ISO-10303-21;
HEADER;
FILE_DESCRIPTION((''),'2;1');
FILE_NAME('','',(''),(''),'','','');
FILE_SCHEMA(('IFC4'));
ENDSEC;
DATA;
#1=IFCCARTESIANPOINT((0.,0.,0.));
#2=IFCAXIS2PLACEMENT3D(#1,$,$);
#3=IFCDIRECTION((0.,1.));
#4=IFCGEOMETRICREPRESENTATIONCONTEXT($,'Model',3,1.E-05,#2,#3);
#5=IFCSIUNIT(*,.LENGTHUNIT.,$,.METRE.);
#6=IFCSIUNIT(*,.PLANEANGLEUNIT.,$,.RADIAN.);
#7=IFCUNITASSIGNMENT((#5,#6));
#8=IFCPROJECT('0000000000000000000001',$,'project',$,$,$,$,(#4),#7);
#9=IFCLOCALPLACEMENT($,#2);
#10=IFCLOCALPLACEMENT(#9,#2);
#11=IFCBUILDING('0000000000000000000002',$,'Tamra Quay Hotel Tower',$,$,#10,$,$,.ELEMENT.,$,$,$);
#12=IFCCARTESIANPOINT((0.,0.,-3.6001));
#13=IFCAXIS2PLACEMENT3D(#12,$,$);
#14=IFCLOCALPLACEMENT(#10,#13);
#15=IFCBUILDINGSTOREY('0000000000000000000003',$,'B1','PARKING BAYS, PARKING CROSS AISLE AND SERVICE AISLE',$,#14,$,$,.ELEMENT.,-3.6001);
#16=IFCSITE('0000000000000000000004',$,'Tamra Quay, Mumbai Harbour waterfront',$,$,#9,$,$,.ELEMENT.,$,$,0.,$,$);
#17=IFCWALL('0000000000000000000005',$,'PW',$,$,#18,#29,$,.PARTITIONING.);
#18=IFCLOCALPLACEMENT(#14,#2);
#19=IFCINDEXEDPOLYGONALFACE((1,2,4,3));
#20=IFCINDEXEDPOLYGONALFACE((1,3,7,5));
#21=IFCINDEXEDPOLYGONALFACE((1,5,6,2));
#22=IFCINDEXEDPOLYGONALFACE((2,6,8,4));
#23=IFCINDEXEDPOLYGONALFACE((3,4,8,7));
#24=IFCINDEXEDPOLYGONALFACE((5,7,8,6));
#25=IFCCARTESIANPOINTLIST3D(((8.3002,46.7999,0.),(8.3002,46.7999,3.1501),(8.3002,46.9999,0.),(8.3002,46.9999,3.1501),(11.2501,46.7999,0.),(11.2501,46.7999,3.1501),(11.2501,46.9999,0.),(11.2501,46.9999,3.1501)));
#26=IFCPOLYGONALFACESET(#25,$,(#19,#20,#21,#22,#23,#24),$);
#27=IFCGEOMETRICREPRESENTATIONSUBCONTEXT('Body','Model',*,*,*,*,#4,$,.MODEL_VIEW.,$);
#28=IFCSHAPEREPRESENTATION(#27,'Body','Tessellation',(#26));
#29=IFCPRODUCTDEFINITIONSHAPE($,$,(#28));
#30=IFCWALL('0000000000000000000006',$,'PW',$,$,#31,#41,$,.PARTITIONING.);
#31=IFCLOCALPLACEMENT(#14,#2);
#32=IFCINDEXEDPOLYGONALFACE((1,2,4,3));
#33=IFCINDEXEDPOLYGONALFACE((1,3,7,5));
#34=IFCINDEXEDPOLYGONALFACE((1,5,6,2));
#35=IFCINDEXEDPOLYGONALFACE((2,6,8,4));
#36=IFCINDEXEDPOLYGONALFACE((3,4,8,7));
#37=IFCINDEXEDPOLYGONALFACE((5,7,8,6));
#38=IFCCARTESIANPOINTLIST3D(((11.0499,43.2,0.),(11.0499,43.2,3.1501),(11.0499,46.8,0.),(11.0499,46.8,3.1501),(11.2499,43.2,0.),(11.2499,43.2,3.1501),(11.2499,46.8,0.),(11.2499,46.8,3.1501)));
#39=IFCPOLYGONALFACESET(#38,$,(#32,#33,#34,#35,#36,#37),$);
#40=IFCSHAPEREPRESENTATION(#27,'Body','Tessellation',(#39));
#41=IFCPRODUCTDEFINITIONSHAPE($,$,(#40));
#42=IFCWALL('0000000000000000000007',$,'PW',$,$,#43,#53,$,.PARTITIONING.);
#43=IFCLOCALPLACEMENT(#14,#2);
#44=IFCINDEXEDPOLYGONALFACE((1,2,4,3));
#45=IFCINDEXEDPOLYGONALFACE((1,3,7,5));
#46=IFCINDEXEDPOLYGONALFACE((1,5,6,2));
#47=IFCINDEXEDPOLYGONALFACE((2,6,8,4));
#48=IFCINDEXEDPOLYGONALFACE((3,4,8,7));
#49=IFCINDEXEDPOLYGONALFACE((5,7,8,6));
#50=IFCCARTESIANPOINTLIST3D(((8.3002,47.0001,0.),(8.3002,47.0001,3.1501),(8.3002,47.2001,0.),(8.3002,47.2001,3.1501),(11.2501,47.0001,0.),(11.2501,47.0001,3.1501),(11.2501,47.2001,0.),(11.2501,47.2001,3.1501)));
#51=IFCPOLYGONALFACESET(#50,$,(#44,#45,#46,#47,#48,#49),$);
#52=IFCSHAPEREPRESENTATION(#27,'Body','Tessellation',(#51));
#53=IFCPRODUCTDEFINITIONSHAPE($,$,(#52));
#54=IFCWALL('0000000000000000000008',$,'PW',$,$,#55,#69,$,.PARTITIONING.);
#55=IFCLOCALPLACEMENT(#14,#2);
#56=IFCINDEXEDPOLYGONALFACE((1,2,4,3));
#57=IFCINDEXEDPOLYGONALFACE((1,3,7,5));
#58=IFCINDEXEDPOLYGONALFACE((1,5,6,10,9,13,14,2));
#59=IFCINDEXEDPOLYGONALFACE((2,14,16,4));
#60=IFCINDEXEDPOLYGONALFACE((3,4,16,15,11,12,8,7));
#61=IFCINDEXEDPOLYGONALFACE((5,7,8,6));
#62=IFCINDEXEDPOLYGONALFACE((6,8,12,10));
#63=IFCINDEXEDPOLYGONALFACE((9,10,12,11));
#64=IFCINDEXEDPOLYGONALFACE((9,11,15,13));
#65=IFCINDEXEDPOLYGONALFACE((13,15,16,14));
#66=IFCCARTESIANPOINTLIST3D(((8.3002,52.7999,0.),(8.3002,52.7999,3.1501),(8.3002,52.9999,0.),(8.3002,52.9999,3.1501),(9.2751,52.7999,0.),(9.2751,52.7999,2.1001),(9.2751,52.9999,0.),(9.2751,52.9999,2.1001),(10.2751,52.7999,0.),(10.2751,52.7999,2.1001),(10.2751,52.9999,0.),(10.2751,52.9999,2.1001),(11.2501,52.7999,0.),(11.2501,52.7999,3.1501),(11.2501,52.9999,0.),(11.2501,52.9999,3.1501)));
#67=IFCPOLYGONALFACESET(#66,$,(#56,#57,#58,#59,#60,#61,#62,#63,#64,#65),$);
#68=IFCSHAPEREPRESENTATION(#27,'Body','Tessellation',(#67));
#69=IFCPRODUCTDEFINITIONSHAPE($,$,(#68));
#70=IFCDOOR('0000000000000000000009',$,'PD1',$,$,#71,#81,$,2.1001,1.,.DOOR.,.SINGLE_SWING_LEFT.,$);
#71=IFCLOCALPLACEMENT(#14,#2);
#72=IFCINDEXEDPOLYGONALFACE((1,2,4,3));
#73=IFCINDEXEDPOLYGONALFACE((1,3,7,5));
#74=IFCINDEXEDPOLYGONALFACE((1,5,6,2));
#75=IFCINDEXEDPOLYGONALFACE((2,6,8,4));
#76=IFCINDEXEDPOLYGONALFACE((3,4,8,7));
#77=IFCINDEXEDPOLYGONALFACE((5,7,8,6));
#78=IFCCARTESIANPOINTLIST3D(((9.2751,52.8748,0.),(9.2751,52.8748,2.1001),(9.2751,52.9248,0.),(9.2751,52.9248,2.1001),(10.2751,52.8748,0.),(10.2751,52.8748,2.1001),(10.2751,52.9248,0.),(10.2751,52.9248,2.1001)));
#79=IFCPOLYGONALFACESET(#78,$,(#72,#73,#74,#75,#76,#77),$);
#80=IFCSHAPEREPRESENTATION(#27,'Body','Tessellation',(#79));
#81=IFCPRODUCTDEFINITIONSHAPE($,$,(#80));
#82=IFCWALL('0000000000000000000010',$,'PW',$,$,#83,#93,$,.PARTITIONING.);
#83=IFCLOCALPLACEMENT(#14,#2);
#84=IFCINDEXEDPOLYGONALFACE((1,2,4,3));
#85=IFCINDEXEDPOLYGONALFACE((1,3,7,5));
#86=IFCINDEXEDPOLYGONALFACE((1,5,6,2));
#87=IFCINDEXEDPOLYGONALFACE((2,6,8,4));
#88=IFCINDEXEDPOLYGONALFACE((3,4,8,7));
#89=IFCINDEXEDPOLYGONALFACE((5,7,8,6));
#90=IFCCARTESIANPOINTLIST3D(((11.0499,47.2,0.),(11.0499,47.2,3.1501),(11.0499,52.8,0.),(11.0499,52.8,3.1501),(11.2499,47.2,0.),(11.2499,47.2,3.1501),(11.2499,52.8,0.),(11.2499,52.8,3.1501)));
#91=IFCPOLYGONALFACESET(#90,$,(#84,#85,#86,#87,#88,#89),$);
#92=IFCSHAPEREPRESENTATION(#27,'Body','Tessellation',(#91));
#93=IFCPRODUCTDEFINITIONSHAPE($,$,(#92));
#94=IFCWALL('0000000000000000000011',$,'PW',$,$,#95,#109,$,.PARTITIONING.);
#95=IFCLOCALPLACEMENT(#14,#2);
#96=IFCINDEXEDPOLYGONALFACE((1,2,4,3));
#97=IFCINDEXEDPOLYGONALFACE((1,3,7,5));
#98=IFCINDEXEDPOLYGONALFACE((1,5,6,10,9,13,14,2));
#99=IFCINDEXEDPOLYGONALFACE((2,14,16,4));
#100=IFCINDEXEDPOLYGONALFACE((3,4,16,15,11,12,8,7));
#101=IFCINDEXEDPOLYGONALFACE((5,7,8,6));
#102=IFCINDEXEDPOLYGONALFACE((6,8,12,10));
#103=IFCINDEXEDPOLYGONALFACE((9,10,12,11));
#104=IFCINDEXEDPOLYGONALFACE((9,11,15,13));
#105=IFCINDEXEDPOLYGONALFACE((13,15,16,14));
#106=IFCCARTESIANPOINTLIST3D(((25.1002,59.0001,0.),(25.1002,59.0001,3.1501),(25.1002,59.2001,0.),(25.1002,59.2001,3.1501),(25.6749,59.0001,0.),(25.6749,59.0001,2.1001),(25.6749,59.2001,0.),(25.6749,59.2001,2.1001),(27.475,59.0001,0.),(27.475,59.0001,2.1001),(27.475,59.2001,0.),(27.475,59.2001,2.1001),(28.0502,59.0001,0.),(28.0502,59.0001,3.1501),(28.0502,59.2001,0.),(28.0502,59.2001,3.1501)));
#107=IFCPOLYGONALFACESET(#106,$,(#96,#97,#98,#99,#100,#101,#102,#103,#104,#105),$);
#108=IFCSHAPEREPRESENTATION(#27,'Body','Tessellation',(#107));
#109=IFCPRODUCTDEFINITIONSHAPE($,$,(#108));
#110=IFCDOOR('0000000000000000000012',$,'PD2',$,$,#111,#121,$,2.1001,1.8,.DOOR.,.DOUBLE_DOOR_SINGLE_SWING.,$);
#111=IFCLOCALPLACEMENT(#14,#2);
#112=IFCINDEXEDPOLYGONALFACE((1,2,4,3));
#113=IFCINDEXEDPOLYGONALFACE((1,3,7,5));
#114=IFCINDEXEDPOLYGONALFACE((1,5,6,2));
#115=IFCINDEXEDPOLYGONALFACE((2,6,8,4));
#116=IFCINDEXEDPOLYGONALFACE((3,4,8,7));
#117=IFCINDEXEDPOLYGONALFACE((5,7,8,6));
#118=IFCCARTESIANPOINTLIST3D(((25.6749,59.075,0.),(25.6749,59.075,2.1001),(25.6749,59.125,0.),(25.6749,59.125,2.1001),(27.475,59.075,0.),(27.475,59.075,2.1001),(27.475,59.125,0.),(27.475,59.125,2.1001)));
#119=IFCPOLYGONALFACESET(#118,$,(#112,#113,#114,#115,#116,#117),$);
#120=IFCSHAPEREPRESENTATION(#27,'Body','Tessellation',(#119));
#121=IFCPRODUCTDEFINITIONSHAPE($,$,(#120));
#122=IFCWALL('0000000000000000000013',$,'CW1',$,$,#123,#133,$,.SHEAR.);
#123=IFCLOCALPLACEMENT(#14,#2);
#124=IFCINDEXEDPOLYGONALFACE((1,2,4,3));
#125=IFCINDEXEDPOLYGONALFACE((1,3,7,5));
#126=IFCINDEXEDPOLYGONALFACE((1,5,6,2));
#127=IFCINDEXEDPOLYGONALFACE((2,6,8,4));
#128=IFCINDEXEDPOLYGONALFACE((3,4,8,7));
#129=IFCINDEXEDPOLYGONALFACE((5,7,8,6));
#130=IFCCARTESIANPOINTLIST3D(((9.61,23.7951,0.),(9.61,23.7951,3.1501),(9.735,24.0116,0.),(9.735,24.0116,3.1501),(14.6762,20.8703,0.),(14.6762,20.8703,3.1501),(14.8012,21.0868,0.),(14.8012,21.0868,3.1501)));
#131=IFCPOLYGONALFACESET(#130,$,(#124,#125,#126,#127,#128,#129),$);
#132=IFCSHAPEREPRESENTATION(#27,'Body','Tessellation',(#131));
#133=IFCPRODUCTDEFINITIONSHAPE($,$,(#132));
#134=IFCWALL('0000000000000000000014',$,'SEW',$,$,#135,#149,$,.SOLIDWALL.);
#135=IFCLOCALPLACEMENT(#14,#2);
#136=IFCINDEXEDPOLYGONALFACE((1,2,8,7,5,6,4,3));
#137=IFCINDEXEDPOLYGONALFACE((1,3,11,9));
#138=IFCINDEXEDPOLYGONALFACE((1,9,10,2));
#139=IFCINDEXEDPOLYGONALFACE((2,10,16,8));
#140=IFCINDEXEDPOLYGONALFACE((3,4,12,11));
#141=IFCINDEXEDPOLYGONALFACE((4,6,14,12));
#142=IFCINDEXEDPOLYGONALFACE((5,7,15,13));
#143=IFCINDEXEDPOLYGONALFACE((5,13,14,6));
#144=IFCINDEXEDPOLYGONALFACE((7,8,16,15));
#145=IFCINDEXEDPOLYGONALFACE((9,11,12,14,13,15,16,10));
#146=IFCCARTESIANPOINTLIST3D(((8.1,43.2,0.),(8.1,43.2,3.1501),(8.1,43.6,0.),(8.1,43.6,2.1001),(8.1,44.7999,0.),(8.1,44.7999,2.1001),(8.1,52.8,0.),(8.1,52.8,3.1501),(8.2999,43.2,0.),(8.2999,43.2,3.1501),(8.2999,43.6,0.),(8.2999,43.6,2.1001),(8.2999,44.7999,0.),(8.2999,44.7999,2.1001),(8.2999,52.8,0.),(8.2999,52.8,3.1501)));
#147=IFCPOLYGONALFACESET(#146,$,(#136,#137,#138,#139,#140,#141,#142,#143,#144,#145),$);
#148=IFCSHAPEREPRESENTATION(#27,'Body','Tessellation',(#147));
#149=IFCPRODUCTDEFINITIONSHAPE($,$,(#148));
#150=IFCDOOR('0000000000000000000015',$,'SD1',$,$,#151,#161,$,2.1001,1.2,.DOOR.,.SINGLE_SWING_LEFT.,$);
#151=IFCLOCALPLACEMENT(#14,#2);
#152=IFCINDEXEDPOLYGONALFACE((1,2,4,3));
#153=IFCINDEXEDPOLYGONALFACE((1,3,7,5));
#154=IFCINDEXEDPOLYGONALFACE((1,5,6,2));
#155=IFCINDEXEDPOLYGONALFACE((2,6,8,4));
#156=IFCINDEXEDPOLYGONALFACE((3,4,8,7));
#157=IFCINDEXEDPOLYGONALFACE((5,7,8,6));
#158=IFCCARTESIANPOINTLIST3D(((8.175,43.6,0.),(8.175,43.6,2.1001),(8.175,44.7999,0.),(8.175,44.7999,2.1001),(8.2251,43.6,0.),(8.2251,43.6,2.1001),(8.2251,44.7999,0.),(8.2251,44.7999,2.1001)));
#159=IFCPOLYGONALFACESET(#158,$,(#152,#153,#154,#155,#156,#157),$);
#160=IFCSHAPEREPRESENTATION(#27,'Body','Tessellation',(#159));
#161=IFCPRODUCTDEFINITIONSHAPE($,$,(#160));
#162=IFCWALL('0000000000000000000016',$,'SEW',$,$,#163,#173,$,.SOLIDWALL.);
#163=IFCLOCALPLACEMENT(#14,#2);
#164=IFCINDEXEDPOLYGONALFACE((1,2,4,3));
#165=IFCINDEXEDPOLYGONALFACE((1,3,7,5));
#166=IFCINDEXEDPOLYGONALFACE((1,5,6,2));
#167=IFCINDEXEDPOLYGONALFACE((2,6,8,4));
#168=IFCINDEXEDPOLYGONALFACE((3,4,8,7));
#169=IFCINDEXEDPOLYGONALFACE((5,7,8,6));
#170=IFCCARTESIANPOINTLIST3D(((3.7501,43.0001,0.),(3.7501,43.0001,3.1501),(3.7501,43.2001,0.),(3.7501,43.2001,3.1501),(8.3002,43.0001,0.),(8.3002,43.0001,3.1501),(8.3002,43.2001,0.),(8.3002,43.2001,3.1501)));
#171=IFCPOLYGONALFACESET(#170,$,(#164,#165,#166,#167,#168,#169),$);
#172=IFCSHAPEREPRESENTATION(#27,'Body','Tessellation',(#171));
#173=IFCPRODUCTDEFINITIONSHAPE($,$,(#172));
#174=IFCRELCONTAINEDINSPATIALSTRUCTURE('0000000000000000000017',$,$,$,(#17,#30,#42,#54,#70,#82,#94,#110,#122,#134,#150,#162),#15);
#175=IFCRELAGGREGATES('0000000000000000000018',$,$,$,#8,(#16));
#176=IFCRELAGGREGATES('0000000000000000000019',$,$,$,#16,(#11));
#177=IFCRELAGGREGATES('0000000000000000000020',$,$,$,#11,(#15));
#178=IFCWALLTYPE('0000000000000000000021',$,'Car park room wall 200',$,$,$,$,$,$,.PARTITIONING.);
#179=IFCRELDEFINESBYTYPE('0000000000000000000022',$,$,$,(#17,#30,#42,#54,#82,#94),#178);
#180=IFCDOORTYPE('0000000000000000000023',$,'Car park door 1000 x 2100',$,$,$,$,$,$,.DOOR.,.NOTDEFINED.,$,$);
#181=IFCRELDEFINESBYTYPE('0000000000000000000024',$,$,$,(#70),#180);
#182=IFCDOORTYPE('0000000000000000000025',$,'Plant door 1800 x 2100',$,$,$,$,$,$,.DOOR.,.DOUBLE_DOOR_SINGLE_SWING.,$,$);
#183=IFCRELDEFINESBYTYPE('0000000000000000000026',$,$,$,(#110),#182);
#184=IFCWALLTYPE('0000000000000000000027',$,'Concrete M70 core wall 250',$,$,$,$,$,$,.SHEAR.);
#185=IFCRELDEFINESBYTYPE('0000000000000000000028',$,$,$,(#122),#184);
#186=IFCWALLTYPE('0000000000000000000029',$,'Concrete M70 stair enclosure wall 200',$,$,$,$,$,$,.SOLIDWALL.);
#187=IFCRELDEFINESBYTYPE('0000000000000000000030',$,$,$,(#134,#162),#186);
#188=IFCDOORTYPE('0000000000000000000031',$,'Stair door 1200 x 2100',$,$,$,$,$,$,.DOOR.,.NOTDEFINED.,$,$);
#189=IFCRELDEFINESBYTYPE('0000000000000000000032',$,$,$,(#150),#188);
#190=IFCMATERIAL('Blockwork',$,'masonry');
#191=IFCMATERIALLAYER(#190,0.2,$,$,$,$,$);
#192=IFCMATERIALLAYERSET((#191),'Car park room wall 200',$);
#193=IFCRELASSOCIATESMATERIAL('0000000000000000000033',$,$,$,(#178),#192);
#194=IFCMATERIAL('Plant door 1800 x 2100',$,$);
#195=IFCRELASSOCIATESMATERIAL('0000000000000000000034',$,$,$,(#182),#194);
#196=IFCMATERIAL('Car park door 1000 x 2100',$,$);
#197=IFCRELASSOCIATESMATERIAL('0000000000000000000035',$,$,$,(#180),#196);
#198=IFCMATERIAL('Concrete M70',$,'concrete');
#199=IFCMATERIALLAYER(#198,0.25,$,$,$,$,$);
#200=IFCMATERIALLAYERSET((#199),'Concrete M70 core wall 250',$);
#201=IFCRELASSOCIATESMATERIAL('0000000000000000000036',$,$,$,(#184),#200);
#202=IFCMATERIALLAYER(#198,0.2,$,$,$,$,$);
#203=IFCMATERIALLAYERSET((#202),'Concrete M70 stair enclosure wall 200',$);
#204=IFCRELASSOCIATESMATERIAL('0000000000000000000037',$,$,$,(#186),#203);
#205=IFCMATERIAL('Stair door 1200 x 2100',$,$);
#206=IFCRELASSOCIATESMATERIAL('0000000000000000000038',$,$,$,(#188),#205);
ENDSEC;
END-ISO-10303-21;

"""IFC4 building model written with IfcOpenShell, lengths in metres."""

from ifc_helpers import new_model, si_unit, direction, frame, frame_2d, origin, place, context, subcontext, project, spatial, rectangle, extrude, material, layer, layer_set, type_object, element, fill, save


model = new_model("IFC4")

# Units and contexts
model_context = context("Model", 3, precision=1e-05, world=origin(), true_north=direction((0.0, 1.0)))
body_context = subcontext(model_context, "Body", "Model", "MODEL_VIEW")
ifc_project = project(units=[si_unit("LENGTHUNIT", "METRE"), si_unit("PLANEANGLEUNIT", "RADIAN")], contexts=[model_context])

# Site, building, storey
site_placement = place(None, origin())
site = spatial("IfcSite", under=ifc_project, at=site_placement, Name="Tamra Quay, Mumbai Harbour waterfront", CompositionType="ELEMENT", RefElevation=0.0)
building_placement = place(site_placement, origin())
building = spatial("IfcBuilding", under=site, at=building_placement, Name="Tamra Quay Hotel Tower", CompositionType="ELEMENT")
storey_placement = place(building_placement, frame((0.0, 0.0, -3.6001)))
storey = spatial("IfcBuildingStorey", under=building, at=storey_placement, Name="B1", Description="PARKING BAYS, PARKING CROSS AISLE AND SERVICE AISLE", CompositionType="ELEMENT", Elevation=-3.6001)

# Shared definitions
ifc_material_1 = material(Name="Concrete M70", Category="concrete")

# Shared definitions
ifc_material_2 = material(Name="Blockwork", Category="masonry")
ifc_layer_1 = layer(ifc_material_2, 0.2)
ifc_layer_set_1 = layer_set([ifc_layer_1], Name="Car park room wall 200")
wall_type_1 = type_object("IfcWallType", Name="Car park room wall 200", PredefinedType="PARTITIONING", material=ifc_layer_set_1)

# Shared definitions
ifc_material_3 = material(Name="Plant door 1800 x 2100")
door_type_1 = type_object("IfcDoorType", Name="Plant door 1800 x 2100", OperationType="DOUBLE_DOOR_SINGLE_SWING", PredefinedType="DOOR", material=ifc_material_3)

# Walls
wall_1_placement = place(storey_placement, frame((8.3, 46.8999, 0.0), z_axis=(0.0, 0.0, 1.0), x_axis=(1.0, 0.0, 0.0)))
element("IfcWall", 1, at=wall_1_placement, inside=storey, type_object=wall_type_1, Name="PW", PredefinedType="PARTITIONING", context=body_context, shape_type="SweptSolid", body=[
    extrude(rectangle(XDim=2.95, YDim=0.2, at=frame_2d((1.4751, 0.0))), origin(), (0.0, 0.0, 1.0), 3.1501),
])
wall_2_placement = place(storey_placement, frame((11.1499, 43.2, 0.0), z_axis=(0.0, 0.0, 1.0), x_axis=(0.0, 1.0, 0.0)))
element("IfcWall", 2, at=wall_2_placement, inside=storey, type_object=wall_type_1, Name="PW", PredefinedType="PARTITIONING", context=body_context, shape_type="SweptSolid", body=[
    extrude(rectangle(XDim=3.6001, YDim=0.2, at=frame_2d((1.8, 0.0))), origin(), (0.0, 0.0, 1.0), 3.1501),
])
wall_3_placement = place(storey_placement, frame((8.3, 47.1001, 0.0), z_axis=(0.0, 0.0, 1.0), x_axis=(1.0, 0.0, 0.0)))
element("IfcWall", 3, at=wall_3_placement, inside=storey, type_object=wall_type_1, Name="PW", PredefinedType="PARTITIONING", context=body_context, shape_type="SweptSolid", body=[
    extrude(rectangle(XDim=2.95, YDim=0.2, at=frame_2d((1.4751, 0.0))), origin(), (0.0, 0.0, 1.0), 3.1501),
])

# Wall, opening, door
wall_4_placement = place(storey_placement, frame((8.3, 52.8999, 0.0), z_axis=(0.0, 0.0, 1.0), x_axis=(1.0, 0.0, 0.0)))
wall_4 = element("IfcWall", 4, at=wall_4_placement, inside=storey, type_object=wall_type_1, Name="PW", PredefinedType="PARTITIONING", context=body_context, shape_type="SweptSolid", body=[
    extrude(rectangle(XDim=2.95, YDim=0.2, at=frame_2d((1.4751, 0.0))), origin(), (0.0, 0.0, 1.0), 3.1501),
])
opening_1_placement = place(wall_4_placement, frame((0.9751, 0.0, 0.0)))
opening_1 = element("IfcOpeningElement", 5, at=opening_1_placement, cuts=wall_4, PredefinedType="OPENING", context=body_context, shape_type="SweptSolid", body=[
    extrude(rectangle(XDim=1.0, YDim=2.1001, at=frame_2d((0.5, 1.05))), frame((0.0, 0.1099, 0.0), z_axis=(0.0, -1.0, 0.0), x_axis=(1.0, 0.0, 0.0)), (0.0, 0.0, 1.0), 0.22),
])
ifc_material_4 = material(Name="Car park door 1000 x 2100")
door_type_2 = type_object("IfcDoorType", Name="Car park door 1000 x 2100", OperationType="NOTDEFINED", PredefinedType="DOOR", material=ifc_material_4)
door_1_placement = place(opening_1_placement, origin())
door_1 = element("IfcDoor", 6, at=door_1_placement, inside=storey, type_object=door_type_2, Name="PD1", OperationType="SINGLE_SWING_LEFT", OverallHeight=2.1001, OverallWidth=1.0, PredefinedType="DOOR", context=body_context, shape_type="SweptSolid", body=[
    extrude(rectangle(XDim=1.0, YDim=2.1001, at=frame_2d((0.5, 1.05))), frame((0.0, 0.0249, 0.0), z_axis=(0.0, -1.0, 0.0), x_axis=(1.0, 0.0, 0.0)), (0.0, 0.0, 1.0), 0.05),
])
fill(opening_1, door_1)

# Wall
wall_5_placement = place(storey_placement, frame((11.1499, 47.2, 0.0), z_axis=(0.0, 0.0, 1.0), x_axis=(0.0, 1.0, 0.0)))
element("IfcWall", 7, at=wall_5_placement, inside=storey, type_object=wall_type_1, Name="PW", PredefinedType="PARTITIONING", context=body_context, shape_type="SweptSolid", body=[
    extrude(rectangle(XDim=5.6001, YDim=0.2, at=frame_2d((2.8, 0.0))), origin(), (0.0, 0.0, 1.0), 3.1501),
])

# Wall, opening, door
wall_6_placement = place(storey_placement, frame((25.1001, 59.1001, 0.0), z_axis=(0.0, 0.0, 1.0), x_axis=(1.0, 0.0, 0.0)))
wall_6 = element("IfcWall", 8, at=wall_6_placement, inside=storey, type_object=wall_type_1, Name="PW", PredefinedType="PARTITIONING", context=body_context, shape_type="SweptSolid", body=[
    extrude(rectangle(XDim=2.95, YDim=0.2, at=frame_2d((1.4751, 0.0))), origin(), (0.0, 0.0, 1.0), 3.1501),
])
opening_2_placement = place(wall_6_placement, frame((0.575, 0.0, 0.0)))
opening_2 = element("IfcOpeningElement", 9, at=opening_2_placement, cuts=wall_6, PredefinedType="OPENING", context=body_context, shape_type="SweptSolid", body=[
    extrude(rectangle(XDim=1.8, YDim=2.1001, at=frame_2d((0.8999, 1.05))), frame((0.0, 0.1099, 0.0), z_axis=(0.0, -1.0, 0.0), x_axis=(1.0, 0.0, 0.0)), (0.0, 0.0, 1.0), 0.22),
])
door_2_placement = place(opening_2_placement, origin())
door_2 = element("IfcDoor", 10, at=door_2_placement, inside=storey, type_object=door_type_1, Name="PD2", OperationType="DOUBLE_DOOR_SINGLE_SWING", OverallHeight=2.1001, OverallWidth=1.8, PredefinedType="DOOR", context=body_context, shape_type="SweptSolid", body=[
    extrude(rectangle(XDim=1.8, YDim=2.1001, at=frame_2d((0.8999, 1.05))), frame((0.0, 0.0249, 0.0), z_axis=(0.0, -1.0, 0.0), x_axis=(1.0, 0.0, 0.0)), (0.0, 0.0, 1.0), 0.05),
])
fill(opening_2, door_2)

# Wall
ifc_layer_2 = layer(ifc_material_1, 0.25)
ifc_layer_set_2 = layer_set([ifc_layer_2], Name="Concrete M70 core wall 250")
wall_type_2 = type_object("IfcWallType", Name="Concrete M70 core wall 250", PredefinedType="SHEAR", material=ifc_layer_set_2)
wall_7_placement = place(storey_placement, frame((9.6726, 23.9033, 0.0), z_axis=(0.0, 0.0, 1.0), x_axis=(0.866036, -0.499981, 0.0)))
element("IfcWall", 11, at=wall_7_placement, inside=storey, type_object=wall_type_2, Name="CW1", PredefinedType="SHEAR", context=body_context, shape_type="SweptSolid", body=[
    extrude(rectangle(XDim=5.8499, YDim=0.25, at=frame_2d((2.9248, 0.0))), origin(), (0.0, 0.0, 1.0), 3.1501),
])

# Wall, opening, door
ifc_layer_3 = layer(ifc_material_1, 0.2)
ifc_layer_set_3 = layer_set([ifc_layer_3], Name="Concrete M70 stair enclosure wall 200")
wall_type_3 = type_object("IfcWallType", Name="Concrete M70 stair enclosure wall 200", PredefinedType="SOLIDWALL", material=ifc_layer_set_3)
wall_8_placement = place(storey_placement, frame((8.2, 43.2, 0.0), z_axis=(0.0, 0.0, 1.0), x_axis=(0.0, 1.0, 0.0)))
wall_8 = element("IfcWall", 12, at=wall_8_placement, inside=storey, type_object=wall_type_3, Name="SEW", PredefinedType="SOLIDWALL", context=body_context, shape_type="SweptSolid", body=[
    extrude(rectangle(XDim=9.6001, YDim=0.2, at=frame_2d((4.8, 0.0))), origin(), (0.0, 0.0, 1.0), 3.1501),
])
opening_3_placement = place(wall_8_placement, frame((0.3999, 0.0, 0.0)))
opening_3 = element("IfcOpeningElement", 13, at=opening_3_placement, cuts=wall_8, PredefinedType="OPENING", context=body_context, shape_type="SweptSolid", body=[
    extrude(rectangle(XDim=1.2, YDim=2.1001, at=frame_2d((0.6001, 1.05))), frame((0.0, 0.1099, 0.0), z_axis=(0.0, -1.0, 0.0), x_axis=(1.0, 0.0, 0.0)), (0.0, 0.0, 1.0), 0.22),
])
ifc_material_5 = material(Name="Stair door 1200 x 2100")
door_type_3 = type_object("IfcDoorType", Name="Stair door 1200 x 2100", OperationType="NOTDEFINED", PredefinedType="DOOR", material=ifc_material_5)
door_3_placement = place(opening_3_placement, origin())
door_3 = element("IfcDoor", 14, at=door_3_placement, inside=storey, type_object=door_type_3, Name="SD1", OperationType="SINGLE_SWING_LEFT", OverallHeight=2.1001, OverallWidth=1.2, PredefinedType="DOOR", context=body_context, shape_type="SweptSolid", body=[
    extrude(rectangle(XDim=1.2, YDim=2.1001, at=frame_2d((0.6001, 1.05))), frame((0.0, 0.0249, 0.0), z_axis=(0.0, -1.0, 0.0), x_axis=(1.0, 0.0, 0.0)), (0.0, 0.0, 1.0), 0.05),
])
fill(opening_3, door_3)

# Wall
for number, where, z_axis, x_axis, name in (
    (15, (8.3, 43.1001, 0.0), (0.0, 0.0, 1.0), (-1.0, 0.0, 0.0), "SEW"),
):
    element("IfcWall", number, at=place(storey_placement, frame(where, z_axis=z_axis, x_axis=x_axis)), inside=storey, type_object=wall_type_3, Name=name, PredefinedType="SOLIDWALL", context=body_context, shape_type="SweptSolid", body=[
        extrude(rectangle(XDim=4.55, YDim=0.2, at=frame_2d((2.2749, 0.0))), origin(), (0.0, 0.0, 1.0), 3.1501),
    ])

save(model, "model.ifc")
